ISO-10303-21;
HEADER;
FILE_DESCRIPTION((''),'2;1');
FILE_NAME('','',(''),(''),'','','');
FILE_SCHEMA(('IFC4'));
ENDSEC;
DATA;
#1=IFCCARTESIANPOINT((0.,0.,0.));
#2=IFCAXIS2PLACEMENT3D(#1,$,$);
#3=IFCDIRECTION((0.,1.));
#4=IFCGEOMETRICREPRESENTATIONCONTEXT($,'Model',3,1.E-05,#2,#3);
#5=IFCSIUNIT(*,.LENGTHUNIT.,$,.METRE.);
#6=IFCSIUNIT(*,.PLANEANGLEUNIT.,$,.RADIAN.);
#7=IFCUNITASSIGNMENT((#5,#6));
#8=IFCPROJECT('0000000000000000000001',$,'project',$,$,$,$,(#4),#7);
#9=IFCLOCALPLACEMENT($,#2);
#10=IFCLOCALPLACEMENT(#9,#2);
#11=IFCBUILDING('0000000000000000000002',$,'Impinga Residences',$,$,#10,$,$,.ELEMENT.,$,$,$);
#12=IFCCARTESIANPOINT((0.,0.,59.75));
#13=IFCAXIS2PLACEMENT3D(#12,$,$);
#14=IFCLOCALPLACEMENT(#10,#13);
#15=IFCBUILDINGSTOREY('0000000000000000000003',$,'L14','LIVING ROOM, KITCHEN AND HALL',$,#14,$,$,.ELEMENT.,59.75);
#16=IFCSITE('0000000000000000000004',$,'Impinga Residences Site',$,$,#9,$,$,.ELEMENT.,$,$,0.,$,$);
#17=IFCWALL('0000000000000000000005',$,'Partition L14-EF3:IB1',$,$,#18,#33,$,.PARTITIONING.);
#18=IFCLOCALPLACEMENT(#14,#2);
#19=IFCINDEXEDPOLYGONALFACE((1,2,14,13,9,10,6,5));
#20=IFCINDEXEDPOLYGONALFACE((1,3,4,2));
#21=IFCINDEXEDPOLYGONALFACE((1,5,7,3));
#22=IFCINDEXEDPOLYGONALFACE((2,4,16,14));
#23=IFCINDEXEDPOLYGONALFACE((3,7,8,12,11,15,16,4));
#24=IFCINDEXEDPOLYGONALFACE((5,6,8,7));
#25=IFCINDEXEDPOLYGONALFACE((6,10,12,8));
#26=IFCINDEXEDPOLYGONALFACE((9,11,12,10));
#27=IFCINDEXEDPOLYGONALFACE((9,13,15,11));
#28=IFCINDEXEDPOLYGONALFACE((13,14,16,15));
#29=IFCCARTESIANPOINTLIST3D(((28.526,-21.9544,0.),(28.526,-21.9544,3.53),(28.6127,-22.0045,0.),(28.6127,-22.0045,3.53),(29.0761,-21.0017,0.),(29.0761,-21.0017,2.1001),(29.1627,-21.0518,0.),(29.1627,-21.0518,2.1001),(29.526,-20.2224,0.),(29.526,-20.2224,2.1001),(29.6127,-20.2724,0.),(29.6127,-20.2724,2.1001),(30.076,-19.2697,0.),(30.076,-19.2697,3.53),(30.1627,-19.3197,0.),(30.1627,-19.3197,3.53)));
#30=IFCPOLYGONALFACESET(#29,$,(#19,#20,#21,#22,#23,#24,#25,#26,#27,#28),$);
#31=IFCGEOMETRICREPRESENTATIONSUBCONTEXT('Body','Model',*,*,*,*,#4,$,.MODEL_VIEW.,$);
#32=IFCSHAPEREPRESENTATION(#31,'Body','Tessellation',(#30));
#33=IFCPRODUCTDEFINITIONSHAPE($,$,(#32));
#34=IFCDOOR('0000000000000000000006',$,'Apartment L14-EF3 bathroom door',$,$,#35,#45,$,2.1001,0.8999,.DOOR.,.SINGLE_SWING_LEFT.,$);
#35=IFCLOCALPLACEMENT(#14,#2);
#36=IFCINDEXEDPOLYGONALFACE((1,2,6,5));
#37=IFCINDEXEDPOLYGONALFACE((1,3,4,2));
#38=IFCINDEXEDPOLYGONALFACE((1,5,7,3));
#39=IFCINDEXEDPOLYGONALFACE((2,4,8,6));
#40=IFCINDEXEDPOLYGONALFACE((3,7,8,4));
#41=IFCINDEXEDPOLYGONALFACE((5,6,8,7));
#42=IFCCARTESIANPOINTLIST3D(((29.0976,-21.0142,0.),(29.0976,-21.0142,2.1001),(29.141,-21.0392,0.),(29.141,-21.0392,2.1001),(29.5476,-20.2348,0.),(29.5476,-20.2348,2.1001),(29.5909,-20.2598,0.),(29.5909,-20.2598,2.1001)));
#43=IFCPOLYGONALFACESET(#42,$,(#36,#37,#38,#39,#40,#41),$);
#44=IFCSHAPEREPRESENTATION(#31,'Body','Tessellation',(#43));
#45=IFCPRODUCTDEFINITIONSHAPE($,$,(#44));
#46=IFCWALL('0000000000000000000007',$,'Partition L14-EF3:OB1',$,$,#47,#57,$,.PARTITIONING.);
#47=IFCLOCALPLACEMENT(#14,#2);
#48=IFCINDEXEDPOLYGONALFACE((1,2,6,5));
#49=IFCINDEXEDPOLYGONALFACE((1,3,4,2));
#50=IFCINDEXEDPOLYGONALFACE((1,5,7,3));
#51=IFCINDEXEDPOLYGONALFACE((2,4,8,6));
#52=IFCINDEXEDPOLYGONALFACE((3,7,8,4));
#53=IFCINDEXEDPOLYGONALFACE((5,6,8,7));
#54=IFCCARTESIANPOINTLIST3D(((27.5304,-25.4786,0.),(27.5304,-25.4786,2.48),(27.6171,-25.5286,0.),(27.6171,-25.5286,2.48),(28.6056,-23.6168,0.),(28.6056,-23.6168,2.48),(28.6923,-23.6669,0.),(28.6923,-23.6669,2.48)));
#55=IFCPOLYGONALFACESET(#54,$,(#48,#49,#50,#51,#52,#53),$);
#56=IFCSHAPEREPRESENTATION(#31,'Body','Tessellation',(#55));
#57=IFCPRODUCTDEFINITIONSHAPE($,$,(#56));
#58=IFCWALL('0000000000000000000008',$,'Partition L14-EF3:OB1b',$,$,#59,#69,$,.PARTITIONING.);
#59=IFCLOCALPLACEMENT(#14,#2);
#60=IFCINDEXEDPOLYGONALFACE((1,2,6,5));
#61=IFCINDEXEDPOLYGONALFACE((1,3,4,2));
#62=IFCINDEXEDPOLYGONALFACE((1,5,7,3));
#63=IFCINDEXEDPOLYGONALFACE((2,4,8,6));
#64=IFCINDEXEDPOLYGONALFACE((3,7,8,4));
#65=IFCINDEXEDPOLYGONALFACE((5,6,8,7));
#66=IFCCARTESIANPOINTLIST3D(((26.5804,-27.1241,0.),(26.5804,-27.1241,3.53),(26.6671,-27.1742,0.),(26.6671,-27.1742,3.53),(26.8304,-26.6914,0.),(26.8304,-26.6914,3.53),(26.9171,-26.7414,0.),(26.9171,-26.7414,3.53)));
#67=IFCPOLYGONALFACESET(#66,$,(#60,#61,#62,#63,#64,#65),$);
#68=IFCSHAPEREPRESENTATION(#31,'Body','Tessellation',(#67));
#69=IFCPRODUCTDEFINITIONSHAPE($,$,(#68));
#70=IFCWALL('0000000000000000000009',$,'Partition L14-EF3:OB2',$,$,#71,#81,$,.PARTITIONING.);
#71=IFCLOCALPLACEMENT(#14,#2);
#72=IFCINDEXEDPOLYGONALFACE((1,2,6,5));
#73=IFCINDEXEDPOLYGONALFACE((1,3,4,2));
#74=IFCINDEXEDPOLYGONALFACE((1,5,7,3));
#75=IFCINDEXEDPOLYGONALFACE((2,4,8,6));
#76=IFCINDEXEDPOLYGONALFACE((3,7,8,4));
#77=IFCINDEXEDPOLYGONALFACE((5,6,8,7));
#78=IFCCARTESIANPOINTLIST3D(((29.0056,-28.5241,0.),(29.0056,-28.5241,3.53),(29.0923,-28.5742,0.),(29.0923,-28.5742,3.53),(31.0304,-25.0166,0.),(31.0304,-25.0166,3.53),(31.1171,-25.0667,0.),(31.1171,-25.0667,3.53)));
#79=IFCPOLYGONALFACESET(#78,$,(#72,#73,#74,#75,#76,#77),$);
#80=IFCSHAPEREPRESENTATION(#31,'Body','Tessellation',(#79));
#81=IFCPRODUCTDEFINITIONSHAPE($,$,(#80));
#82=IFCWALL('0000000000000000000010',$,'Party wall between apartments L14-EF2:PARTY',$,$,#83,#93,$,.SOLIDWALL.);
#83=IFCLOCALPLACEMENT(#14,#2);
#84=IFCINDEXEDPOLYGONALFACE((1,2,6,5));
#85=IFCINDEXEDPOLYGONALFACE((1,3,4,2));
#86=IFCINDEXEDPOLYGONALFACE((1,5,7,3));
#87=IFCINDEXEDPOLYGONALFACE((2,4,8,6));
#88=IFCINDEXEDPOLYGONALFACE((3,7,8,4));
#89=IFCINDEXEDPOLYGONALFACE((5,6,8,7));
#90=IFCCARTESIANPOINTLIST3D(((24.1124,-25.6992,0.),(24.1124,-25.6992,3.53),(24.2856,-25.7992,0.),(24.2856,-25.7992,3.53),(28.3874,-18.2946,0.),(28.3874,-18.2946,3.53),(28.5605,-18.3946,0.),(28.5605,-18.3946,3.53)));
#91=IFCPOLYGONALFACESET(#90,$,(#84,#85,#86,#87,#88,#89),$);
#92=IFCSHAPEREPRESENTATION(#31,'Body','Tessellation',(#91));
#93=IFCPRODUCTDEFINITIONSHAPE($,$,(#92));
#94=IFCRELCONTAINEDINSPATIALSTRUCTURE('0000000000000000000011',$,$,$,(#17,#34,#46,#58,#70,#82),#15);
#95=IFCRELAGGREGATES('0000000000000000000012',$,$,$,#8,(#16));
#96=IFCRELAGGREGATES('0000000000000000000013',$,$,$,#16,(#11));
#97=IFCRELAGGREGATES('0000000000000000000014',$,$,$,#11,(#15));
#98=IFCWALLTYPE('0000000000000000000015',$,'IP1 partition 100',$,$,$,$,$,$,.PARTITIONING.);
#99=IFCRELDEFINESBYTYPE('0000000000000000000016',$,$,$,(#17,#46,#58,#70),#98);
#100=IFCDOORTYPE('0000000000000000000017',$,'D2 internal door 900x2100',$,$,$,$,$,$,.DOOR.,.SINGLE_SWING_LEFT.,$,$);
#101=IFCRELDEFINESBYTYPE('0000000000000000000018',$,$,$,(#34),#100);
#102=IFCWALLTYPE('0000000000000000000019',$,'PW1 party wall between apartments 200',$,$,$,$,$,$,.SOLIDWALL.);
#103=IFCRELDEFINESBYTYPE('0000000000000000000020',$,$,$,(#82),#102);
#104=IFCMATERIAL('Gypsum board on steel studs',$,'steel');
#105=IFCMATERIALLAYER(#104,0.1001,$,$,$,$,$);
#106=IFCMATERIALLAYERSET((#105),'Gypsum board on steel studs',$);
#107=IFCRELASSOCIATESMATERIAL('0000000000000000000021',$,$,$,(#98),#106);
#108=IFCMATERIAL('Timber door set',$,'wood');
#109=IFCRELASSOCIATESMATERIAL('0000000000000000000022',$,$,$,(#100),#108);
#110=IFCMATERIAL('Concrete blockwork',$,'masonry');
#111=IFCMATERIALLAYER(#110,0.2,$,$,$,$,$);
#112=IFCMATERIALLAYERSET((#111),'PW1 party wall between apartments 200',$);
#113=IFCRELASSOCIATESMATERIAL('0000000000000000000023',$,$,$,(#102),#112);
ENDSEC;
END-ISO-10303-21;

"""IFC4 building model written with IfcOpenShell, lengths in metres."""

from ifc_helpers import new_model, si_unit, direction, frame, frame_2d, origin, place, context, subcontext, project, spatial, rectangle, extrude, material, layer, layer_set, type_object, element, fill, save


model = new_model("IFC4")

# Units and contexts
model_context = context("Model", 3, precision=1e-05, world=origin(), true_north=direction((0.0, 1.0)))
body_context = subcontext(model_context, "Body", "Model", "MODEL_VIEW")
ifc_project = project(units=[si_unit("LENGTHUNIT", "METRE"), si_unit("PLANEANGLEUNIT", "RADIAN")], contexts=[model_context])

# Site, building, storey
site_placement = place(None, origin())
site = spatial("IfcSite", under=ifc_project, at=site_placement, Name="Impinga Residences Site", CompositionType="ELEMENT", RefElevation=0.0)
building_placement = place(site_placement, origin())
building = spatial("IfcBuilding", under=site, at=building_placement, Name="Impinga Residences", CompositionType="ELEMENT")
storey_placement = place(building_placement, frame((0.0, 0.0, 59.75)))
storey = spatial("IfcBuildingStorey", under=building, at=storey_placement, Name="L14", Description="LIVING ROOM, KITCHEN AND HALL", CompositionType="ELEMENT", Elevation=59.75)

# Shared definitions
ifc_material_1 = material(Name="Gypsum board on steel studs", Category="steel")
ifc_layer_1 = layer(ifc_material_1, 0.1001)
ifc_layer_set_1 = layer_set([ifc_layer_1], Name="Gypsum board on steel studs")
wall_type_1 = type_object("IfcWallType", Name="IP1 partition 100", PredefinedType="PARTITIONING", material=ifc_layer_set_1)

# Shared definitions
ifc_material_2 = material(Name="Timber door set", Category="wood")
door_type = type_object("IfcDoorType", Name="D2 internal door 900x2100", OperationType="SINGLE_SWING_LEFT", PredefinedType="DOOR", material=ifc_material_2)

# Wall, opening, door
wall_1_placement = place(storey_placement, frame((30.1194, -19.2947, 0.0), z_axis=(0.0, 0.0, 1.0), x_axis=(-0.499993, -0.86603, 0.0)))
wall_1 = element("IfcWall", 1, at=wall_1_placement, inside=storey, type_object=wall_type_1, Name="Partition L14-EF3:IB1", PredefinedType="PARTITIONING", context=body_context, shape_type="SweptSolid", body=[
    extrude(rectangle(XDim=3.1001, YDim=0.1001, at=frame_2d((1.55, 0.0))), origin(), (0.0, 0.0, 1.0), 3.53),
])
opening_1_placement = place(wall_1_placement, frame((1.1001, 0.0, 0.0)))
opening_1 = element("IfcOpeningElement", 2, at=opening_1_placement, cuts=wall_1, PredefinedType="OPENING", context=body_context, shape_type="SweptSolid", body=[
    extrude(rectangle(XDim=0.8999, YDim=2.1001, at=frame_2d((0.45, 1.05))), frame((0.0, 0.0601, 0.0), z_axis=(0.0, -1.0, 0.0), x_axis=(1.0, 0.0, 0.0)), (0.0, 0.0, 1.0), 0.1201),
])
door_1_placement = place(opening_1_placement, origin())
door_1 = element("IfcDoor", 3, at=door_1_placement, inside=storey, type_object=door_type, Name="Apartment L14-EF3 bathroom door", OperationType="SINGLE_SWING_LEFT", OverallHeight=2.1001, OverallWidth=0.8999, PredefinedType="DOOR", context=body_context, shape_type="SweptSolid", body=[
    extrude(rectangle(XDim=0.8999, YDim=2.1001, at=frame_2d((0.45, 1.05))), frame((0.0, 0.0249, 0.0), z_axis=(0.0, -1.0, 0.0), x_axis=(1.0, 0.0, 0.0)), (0.0, 0.0, 1.0), 0.05),
])
fill(opening_1, door_1)

# Walls
wall_2_placement = place(storey_placement, frame((28.6489, -23.6418, 0.0), z_axis=(0.0, 0.0, 1.0), x_axis=(-0.500096, -0.86597, 0.0)))
element("IfcWall", 4, at=wall_2_placement, inside=storey, type_object=wall_type_1, Name="Partition L14-EF3:OB1", PredefinedType="PARTITIONING", context=body_context, shape_type="SweptSolid", body=[
    extrude(rectangle(XDim=2.1499, YDim=0.1001, at=frame_2d((1.075, 0.0))), origin(), (0.0, 0.0, 1.0), 2.48),
])
wall_3_placement = place(storey_placement, frame((26.8738, -26.7163, 0.0), z_axis=(0.0, 0.0, 1.0), x_axis=(-0.500131, -0.86595, 0.0)))
element("IfcWall", 5, at=wall_3_placement, inside=storey, type_object=wall_type_1, Name="Partition L14-EF3:OB1b", PredefinedType="PARTITIONING", context=body_context, shape_type="SweptSolid", body=[
    extrude(rectangle(XDim=0.4998, YDim=0.1001, at=frame_2d((0.25, 0.0))), origin(), (0.0, 0.0, 1.0), 3.53),
])
wall_4_placement = place(storey_placement, frame((31.0737, -25.0417, 0.0), z_axis=(0.0, 0.0, 1.0), x_axis=(-0.499964, -0.866046, 0.0)))
element("IfcWall", 6, at=wall_4_placement, inside=storey, type_object=wall_type_1, Name="Partition L14-EF3:OB2", PredefinedType="PARTITIONING", context=body_context, shape_type="SweptSolid", body=[
    extrude(rectangle(XDim=4.05, YDim=0.1001, at=frame_2d((2.0249, 0.0))), origin(), (0.0, 0.0, 1.0), 3.53),
])
ifc_material_3 = material(Name="Concrete blockwork", Category="masonry")
ifc_layer_2 = layer(ifc_material_3, 0.2)
ifc_layer_set_2 = layer_set([ifc_layer_2], Name="PW1 party wall between apartments 200")
wall_type_2 = type_object("IfcWallType", Name="PW1 party wall between apartments 200", PredefinedType="SOLIDWALL", material=ifc_layer_set_2)
wall_5_placement = place(storey_placement, frame((28.4739, -18.3447, 0.0), z_axis=(0.0, 0.0, 1.0), x_axis=(-0.49999, -0.866031, 0.0)))
element("IfcWall", 7, at=wall_5_placement, inside=storey, type_object=wall_type_2, Name="Party wall between apartments L14-EF2:PARTY", PredefinedType="SOLIDWALL", context=body_context, shape_type="SweptSolid", body=[
    extrude(rectangle(XDim=8.55, YDim=0.2, at=frame_2d((4.2749, 0.0))), origin(), (0.0, 0.0, 1.0), 3.53),
])

save(model, "model.ifc")
